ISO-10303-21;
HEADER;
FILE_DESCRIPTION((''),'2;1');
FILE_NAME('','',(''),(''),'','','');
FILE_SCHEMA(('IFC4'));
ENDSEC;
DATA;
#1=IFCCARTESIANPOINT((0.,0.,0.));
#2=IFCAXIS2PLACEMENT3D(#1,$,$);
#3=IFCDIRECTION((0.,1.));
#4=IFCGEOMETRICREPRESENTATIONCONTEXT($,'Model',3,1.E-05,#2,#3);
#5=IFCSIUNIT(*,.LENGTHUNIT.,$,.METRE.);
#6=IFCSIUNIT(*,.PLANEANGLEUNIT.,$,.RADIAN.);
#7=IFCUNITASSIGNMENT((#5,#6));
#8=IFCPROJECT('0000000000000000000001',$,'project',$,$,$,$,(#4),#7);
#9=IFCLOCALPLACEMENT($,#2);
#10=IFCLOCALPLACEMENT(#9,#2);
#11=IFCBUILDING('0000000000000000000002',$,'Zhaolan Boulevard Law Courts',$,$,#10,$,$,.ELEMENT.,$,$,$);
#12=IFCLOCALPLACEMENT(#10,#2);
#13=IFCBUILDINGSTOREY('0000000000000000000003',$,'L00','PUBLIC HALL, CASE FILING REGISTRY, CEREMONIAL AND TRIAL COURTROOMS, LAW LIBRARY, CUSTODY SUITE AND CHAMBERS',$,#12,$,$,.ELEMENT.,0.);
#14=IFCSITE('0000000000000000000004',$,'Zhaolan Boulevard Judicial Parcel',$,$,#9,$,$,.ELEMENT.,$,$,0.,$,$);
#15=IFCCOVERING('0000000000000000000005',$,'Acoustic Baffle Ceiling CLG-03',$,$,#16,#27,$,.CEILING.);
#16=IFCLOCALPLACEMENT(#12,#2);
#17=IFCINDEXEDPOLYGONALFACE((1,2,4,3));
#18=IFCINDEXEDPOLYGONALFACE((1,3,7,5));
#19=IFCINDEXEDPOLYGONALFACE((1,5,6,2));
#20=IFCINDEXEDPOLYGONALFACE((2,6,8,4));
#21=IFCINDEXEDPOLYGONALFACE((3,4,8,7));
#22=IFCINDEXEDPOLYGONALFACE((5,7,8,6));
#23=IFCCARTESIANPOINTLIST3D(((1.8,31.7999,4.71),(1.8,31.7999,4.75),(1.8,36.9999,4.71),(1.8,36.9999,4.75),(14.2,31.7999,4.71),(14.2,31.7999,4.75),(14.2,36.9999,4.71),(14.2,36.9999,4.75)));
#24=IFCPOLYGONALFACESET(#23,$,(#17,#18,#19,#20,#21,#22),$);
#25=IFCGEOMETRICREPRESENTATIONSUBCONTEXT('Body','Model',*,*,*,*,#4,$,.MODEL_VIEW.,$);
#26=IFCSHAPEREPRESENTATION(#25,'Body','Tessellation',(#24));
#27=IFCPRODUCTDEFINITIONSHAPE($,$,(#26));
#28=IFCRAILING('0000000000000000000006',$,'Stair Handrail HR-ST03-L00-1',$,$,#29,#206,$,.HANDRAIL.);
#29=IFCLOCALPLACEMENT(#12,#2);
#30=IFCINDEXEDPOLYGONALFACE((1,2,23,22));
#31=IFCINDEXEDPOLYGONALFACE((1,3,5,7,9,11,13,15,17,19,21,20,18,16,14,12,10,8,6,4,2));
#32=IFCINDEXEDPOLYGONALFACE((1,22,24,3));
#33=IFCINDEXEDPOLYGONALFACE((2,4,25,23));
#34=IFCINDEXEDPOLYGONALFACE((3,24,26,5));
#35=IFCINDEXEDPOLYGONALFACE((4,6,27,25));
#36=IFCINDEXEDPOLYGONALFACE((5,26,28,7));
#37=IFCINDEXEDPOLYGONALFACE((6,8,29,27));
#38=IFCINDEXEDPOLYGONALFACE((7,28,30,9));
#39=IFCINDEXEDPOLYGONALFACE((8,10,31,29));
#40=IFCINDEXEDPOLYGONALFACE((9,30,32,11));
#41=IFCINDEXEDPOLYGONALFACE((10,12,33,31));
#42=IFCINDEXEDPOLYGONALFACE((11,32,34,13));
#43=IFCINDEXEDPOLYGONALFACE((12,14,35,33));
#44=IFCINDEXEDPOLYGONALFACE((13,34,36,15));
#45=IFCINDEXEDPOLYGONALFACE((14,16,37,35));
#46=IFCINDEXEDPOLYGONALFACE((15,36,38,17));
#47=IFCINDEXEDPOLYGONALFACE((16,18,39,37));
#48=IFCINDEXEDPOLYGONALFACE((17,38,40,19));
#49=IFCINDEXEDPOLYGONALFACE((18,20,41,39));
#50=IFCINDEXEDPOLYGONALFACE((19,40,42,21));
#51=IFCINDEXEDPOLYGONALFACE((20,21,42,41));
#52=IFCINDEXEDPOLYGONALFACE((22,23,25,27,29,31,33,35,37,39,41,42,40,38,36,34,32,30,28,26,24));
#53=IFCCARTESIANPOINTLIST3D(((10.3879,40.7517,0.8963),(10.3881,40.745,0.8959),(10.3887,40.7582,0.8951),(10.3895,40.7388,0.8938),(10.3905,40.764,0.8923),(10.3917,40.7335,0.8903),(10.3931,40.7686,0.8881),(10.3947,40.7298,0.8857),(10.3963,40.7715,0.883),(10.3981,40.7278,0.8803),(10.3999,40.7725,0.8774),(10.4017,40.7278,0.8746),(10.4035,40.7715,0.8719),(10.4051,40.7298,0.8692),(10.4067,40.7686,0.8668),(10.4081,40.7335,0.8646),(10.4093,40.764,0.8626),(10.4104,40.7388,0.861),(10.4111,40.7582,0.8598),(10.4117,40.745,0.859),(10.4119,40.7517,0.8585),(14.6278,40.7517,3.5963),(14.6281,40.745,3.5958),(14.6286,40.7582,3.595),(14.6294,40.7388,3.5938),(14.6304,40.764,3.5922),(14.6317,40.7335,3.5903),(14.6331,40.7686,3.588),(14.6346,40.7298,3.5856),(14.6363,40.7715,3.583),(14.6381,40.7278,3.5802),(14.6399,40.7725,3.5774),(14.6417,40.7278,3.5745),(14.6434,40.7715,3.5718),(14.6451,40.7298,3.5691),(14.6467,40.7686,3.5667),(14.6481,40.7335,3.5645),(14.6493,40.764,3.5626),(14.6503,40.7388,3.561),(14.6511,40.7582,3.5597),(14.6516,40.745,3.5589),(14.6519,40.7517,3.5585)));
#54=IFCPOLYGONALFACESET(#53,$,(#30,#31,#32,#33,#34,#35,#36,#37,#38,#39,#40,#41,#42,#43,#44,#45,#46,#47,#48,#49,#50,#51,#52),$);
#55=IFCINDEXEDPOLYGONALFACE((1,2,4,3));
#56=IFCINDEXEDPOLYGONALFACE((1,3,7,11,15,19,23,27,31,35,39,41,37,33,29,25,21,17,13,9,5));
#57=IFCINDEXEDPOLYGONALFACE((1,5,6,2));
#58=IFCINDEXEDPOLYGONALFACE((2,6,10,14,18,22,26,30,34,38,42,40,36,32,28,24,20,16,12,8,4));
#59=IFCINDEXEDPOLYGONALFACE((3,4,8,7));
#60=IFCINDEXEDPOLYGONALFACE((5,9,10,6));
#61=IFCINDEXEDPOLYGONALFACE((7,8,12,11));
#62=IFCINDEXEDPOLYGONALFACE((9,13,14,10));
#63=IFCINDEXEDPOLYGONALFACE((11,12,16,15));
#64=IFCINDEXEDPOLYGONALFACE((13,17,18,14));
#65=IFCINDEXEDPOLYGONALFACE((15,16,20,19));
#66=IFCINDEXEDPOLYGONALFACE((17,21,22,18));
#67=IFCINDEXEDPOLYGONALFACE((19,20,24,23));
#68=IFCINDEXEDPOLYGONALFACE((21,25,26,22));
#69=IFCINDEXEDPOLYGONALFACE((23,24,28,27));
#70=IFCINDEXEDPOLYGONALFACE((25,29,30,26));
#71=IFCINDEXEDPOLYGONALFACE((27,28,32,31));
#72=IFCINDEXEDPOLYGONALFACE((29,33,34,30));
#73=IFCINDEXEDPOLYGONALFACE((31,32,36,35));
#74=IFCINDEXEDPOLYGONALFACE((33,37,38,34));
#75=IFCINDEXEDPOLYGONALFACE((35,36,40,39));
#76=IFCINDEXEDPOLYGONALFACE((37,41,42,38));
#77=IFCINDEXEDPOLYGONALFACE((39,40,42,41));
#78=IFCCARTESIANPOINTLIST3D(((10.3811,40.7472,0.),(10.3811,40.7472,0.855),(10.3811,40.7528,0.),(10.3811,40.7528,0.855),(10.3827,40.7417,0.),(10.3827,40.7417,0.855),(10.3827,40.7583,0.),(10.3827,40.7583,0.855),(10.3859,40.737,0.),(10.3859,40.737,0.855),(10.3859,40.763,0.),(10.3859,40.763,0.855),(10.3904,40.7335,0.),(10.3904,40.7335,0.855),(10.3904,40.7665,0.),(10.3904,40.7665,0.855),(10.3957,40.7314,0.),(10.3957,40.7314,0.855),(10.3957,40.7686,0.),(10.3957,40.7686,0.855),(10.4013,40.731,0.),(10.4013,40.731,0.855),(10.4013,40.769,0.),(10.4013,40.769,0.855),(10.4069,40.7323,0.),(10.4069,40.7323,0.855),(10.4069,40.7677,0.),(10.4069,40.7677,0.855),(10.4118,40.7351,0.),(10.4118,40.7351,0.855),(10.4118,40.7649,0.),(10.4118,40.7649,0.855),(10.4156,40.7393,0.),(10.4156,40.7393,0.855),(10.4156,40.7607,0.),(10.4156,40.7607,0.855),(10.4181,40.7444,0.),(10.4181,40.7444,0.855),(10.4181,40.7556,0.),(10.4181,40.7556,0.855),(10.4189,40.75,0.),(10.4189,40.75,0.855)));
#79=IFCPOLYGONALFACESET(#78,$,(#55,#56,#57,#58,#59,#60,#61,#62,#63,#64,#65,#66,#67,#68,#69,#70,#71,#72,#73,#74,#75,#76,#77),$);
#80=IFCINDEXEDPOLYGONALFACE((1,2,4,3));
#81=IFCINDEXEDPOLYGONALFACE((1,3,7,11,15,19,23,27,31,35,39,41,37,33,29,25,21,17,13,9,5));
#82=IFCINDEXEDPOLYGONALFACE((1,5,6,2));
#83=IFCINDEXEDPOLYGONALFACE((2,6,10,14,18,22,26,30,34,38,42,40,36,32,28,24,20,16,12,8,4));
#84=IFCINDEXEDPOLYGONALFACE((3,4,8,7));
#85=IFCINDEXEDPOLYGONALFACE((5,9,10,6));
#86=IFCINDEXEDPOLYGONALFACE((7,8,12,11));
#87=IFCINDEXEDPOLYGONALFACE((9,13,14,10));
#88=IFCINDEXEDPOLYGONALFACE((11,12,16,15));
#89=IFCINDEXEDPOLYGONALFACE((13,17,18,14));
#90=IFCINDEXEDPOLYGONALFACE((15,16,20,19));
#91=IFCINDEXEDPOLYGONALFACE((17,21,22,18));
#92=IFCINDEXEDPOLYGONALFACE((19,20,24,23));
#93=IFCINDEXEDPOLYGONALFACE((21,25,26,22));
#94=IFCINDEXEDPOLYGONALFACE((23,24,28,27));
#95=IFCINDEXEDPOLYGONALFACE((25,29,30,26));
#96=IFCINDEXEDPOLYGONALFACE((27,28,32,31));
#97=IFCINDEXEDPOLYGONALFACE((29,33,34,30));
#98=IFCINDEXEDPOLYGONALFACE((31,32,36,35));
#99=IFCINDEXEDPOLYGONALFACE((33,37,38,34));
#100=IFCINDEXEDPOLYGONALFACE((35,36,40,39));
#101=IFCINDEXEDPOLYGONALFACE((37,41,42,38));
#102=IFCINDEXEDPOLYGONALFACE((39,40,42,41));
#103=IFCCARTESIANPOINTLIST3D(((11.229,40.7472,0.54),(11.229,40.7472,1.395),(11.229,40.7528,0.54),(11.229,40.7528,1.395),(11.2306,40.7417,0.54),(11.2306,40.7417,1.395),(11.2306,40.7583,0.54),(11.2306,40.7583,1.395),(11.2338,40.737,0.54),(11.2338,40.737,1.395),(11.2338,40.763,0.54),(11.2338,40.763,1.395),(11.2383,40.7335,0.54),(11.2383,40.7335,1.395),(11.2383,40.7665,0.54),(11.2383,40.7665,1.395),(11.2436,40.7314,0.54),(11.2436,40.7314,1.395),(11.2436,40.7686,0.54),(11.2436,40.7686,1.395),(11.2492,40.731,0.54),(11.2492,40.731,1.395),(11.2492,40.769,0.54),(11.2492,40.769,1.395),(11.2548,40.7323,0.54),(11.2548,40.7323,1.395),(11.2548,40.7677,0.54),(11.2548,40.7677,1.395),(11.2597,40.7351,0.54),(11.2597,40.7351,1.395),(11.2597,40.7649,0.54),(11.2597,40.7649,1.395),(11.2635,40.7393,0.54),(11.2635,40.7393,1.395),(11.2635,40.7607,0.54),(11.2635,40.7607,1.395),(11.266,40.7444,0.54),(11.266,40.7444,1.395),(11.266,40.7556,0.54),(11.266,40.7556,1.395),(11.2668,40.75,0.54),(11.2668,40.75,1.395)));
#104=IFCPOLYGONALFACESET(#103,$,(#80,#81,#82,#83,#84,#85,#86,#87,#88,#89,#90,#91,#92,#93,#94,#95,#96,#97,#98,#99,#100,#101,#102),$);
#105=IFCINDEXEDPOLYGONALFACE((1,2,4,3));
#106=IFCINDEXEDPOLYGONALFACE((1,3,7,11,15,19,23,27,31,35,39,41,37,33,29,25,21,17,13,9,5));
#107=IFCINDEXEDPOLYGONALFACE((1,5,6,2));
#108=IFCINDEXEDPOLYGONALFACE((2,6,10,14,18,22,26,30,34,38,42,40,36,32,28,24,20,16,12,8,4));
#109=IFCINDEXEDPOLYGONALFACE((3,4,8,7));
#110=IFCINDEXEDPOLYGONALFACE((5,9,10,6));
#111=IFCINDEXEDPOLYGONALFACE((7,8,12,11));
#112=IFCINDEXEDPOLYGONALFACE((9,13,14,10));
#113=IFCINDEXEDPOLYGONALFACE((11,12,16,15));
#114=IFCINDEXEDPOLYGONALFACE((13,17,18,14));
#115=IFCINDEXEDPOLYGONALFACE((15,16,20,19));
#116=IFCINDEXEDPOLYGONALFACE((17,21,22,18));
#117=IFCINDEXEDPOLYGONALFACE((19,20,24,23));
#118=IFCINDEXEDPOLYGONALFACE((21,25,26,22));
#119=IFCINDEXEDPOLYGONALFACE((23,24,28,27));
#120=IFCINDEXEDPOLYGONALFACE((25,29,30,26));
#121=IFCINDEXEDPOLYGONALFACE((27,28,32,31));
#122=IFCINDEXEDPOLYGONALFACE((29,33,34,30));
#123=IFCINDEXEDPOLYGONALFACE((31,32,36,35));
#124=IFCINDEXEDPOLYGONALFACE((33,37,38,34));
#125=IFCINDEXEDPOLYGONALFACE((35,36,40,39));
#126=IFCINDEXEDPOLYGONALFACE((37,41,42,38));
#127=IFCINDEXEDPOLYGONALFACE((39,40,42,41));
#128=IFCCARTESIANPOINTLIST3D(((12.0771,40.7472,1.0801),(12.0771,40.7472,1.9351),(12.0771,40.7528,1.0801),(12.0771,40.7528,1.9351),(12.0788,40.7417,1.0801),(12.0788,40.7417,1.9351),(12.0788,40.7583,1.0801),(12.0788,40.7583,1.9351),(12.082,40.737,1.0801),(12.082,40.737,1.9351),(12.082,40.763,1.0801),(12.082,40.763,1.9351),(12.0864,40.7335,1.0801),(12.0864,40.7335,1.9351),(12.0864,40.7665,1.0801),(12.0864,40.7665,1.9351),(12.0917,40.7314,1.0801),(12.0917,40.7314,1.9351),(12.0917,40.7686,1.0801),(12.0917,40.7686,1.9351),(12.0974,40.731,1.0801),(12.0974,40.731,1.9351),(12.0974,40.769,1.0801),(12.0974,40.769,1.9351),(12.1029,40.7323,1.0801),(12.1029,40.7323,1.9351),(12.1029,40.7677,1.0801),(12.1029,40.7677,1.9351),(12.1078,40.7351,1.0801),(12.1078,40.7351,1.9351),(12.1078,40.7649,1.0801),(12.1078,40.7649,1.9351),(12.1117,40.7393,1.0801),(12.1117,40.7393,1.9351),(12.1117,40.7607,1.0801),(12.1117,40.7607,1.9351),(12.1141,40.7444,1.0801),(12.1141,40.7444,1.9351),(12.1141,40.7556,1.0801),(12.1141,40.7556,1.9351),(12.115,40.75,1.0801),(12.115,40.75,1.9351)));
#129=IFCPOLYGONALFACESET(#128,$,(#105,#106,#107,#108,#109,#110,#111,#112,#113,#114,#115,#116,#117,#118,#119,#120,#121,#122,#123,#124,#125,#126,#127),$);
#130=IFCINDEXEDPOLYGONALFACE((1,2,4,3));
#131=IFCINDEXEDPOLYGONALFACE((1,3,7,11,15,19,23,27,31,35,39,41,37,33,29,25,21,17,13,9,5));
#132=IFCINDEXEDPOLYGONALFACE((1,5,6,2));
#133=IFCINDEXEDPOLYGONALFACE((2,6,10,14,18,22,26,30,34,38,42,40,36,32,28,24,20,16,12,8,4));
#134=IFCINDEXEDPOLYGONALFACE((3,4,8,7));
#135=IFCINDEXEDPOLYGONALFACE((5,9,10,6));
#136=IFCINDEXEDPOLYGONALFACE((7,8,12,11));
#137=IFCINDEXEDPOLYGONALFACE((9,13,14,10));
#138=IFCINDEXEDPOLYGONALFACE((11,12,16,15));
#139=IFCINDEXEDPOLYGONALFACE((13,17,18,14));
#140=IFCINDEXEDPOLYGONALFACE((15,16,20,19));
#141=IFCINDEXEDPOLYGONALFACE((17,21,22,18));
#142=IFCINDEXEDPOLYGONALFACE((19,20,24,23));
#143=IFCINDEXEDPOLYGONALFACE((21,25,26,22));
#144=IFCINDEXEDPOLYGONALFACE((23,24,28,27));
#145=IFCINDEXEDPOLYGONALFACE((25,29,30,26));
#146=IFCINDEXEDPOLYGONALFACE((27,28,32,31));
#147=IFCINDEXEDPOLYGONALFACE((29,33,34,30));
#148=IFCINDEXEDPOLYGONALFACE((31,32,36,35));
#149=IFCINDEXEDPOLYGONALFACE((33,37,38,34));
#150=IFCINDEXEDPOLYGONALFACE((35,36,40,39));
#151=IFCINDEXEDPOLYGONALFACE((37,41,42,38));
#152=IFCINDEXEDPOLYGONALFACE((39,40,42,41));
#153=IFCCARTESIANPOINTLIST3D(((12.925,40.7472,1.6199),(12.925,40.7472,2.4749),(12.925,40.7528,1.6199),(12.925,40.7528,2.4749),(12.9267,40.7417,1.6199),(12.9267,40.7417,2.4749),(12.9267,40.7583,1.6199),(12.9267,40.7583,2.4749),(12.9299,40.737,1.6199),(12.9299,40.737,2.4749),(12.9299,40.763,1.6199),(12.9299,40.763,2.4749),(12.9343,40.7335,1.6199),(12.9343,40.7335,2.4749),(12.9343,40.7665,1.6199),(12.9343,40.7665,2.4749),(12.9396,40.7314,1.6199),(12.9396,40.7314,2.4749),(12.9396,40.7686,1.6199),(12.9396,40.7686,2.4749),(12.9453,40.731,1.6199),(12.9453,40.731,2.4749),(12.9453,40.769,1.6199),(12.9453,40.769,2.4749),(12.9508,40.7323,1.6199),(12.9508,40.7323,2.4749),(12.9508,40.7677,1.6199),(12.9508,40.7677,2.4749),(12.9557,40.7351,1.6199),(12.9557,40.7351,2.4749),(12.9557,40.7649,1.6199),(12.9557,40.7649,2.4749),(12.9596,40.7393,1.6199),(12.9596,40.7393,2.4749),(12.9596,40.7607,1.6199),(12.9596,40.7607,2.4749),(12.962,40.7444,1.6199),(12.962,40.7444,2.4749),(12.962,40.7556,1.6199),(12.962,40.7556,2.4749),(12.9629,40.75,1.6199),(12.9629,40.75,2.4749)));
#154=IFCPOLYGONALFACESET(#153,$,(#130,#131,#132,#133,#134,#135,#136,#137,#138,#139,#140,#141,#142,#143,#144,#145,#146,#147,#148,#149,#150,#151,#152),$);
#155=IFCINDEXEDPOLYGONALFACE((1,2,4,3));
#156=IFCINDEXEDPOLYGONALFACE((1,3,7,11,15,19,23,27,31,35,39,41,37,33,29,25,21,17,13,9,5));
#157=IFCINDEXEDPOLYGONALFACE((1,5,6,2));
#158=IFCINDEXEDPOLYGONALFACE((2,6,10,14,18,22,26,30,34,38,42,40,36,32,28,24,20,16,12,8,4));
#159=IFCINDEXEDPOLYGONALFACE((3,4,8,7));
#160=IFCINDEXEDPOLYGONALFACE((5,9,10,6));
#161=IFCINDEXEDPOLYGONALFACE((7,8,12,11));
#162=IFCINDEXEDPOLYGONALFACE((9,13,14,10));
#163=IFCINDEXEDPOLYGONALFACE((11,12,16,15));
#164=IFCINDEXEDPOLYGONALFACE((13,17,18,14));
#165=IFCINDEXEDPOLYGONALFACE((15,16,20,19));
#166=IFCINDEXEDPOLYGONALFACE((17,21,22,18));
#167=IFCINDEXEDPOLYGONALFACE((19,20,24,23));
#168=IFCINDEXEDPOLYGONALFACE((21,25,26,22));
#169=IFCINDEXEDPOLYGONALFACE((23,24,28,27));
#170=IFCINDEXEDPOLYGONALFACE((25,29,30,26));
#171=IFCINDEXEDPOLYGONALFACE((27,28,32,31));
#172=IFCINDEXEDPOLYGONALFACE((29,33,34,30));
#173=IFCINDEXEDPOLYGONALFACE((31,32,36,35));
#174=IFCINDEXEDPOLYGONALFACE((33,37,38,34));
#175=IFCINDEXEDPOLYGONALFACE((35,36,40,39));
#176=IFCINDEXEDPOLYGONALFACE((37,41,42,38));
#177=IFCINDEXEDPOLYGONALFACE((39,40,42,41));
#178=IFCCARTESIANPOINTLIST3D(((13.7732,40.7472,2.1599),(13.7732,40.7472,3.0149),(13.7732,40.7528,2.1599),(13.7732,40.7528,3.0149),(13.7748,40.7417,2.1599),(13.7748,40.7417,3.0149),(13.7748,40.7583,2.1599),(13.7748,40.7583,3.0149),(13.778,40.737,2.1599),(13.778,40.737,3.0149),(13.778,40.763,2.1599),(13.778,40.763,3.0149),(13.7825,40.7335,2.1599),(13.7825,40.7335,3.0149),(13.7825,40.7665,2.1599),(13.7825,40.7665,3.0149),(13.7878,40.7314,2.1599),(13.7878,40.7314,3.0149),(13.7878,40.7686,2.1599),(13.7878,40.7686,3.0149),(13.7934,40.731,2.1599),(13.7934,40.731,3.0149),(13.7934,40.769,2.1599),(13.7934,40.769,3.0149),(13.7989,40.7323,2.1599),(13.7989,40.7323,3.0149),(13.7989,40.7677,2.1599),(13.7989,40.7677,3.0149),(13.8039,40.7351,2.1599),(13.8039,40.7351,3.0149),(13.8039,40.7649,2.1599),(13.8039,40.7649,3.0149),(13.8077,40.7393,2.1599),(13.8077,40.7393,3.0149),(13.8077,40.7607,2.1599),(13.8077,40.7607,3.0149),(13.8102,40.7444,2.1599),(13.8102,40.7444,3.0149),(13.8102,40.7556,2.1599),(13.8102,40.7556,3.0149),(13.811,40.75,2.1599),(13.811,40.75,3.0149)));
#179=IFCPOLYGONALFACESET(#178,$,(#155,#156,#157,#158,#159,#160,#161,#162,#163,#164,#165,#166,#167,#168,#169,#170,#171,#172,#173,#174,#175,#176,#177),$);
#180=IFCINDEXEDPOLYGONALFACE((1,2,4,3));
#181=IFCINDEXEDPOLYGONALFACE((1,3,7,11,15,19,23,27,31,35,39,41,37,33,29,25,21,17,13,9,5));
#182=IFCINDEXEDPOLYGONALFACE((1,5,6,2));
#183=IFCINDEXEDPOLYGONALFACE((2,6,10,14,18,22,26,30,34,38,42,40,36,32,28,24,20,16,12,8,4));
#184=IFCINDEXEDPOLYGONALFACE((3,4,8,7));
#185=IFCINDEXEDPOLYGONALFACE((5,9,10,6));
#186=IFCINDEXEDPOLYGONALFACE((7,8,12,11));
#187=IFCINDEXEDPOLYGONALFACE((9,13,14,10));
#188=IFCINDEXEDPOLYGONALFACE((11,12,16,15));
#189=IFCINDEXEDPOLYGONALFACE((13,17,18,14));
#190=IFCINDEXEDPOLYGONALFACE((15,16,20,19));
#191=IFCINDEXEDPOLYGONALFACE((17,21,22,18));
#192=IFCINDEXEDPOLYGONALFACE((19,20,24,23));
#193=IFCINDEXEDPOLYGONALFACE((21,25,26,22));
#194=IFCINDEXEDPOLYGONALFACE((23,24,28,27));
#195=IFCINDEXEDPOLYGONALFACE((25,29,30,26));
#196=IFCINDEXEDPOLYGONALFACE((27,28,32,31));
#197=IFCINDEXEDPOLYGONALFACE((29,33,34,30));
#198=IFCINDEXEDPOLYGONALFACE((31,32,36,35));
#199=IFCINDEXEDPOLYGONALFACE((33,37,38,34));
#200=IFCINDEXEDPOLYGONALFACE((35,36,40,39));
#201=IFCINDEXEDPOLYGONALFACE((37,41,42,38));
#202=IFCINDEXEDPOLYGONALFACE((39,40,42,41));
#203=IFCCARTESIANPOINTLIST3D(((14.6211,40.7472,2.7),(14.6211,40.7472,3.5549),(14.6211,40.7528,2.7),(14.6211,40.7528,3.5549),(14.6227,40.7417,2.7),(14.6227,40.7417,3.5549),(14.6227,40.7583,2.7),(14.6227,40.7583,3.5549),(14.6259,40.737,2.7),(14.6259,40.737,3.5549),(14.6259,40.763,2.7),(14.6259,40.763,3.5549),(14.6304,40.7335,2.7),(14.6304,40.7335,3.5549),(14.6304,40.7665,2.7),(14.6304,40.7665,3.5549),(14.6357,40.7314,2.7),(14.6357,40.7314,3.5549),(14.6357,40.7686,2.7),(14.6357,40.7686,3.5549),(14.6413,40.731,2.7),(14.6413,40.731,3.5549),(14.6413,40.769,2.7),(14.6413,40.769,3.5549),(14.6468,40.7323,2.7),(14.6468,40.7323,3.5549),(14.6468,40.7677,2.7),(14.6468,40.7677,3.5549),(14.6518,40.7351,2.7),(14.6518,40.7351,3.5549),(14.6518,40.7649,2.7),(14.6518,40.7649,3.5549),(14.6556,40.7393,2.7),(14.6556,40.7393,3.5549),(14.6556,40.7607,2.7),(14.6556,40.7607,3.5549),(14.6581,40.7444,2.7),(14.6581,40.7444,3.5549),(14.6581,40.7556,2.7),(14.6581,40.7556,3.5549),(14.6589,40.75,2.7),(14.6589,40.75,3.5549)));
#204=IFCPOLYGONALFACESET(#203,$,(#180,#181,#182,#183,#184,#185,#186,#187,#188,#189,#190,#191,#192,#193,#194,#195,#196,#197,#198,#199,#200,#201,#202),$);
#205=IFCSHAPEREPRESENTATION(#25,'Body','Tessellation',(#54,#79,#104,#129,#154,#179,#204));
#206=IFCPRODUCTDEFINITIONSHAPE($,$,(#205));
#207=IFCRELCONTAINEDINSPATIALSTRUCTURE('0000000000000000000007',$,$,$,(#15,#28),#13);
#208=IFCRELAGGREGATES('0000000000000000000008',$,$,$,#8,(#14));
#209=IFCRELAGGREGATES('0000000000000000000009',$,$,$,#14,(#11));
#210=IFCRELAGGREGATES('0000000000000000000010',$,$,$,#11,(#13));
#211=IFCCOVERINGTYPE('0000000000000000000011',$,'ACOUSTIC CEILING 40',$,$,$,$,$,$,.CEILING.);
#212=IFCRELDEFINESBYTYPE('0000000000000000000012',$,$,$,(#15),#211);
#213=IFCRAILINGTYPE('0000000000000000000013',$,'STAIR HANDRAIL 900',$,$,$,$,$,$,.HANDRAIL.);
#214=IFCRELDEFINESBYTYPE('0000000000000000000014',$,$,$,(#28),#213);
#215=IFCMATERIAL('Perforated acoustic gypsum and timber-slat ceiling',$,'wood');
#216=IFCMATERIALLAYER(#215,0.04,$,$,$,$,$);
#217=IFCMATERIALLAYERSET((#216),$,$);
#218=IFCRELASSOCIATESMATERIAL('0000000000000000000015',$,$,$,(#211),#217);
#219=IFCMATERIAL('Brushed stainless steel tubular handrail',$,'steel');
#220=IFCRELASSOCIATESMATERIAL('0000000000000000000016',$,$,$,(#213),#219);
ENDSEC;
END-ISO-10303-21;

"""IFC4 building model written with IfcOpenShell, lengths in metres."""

from ifc_helpers import new_model, si_unit, direction, frame, origin, origin_2d, place, context, subcontext, project, spatial, rectangle, circle, extrude, material, layer, layer_set, type_object, element, save


model = new_model("IFC4")

# Units and contexts
model_context = context("Model", 3, precision=1e-05, world=origin(), true_north=direction((0.0, 1.0)))
body_context = subcontext(model_context, "Body", "Model", "MODEL_VIEW")
ifc_project = project(units=[si_unit("LENGTHUNIT", "METRE"), si_unit("PLANEANGLEUNIT", "RADIAN")], contexts=[model_context])

# Site, building, storey
site_placement = place(None, origin())
site = spatial("IfcSite", under=ifc_project, at=site_placement, Name="Zhaolan Boulevard Judicial Parcel", CompositionType="ELEMENT", RefElevation=0.0)
building_placement = place(site_placement, origin())
building = spatial("IfcBuilding", under=site, at=building_placement, Name="Zhaolan Boulevard Law Courts", CompositionType="ELEMENT")
storey_placement = place(building_placement, origin())
storey = spatial("IfcBuildingStorey", under=building, at=storey_placement, Name="L00", Description="PUBLIC HALL, CASE FILING REGISTRY, CEREMONIAL AND TRIAL COURTROOMS, LAW LIBRARY, CUSTODY SUITE AND CHAMBERS", CompositionType="ELEMENT", Elevation=0.0)

# Covering
ifc_material_1 = material(Name="Perforated acoustic gypsum and timber-slat ceiling", Category="wood")
ifc_layer_1 = layer(ifc_material_1, 0.04)
ifc_layer_set_1 = layer_set([ifc_layer_1])
covering_type = type_object("IfcCoveringType", Name="ACOUSTIC CEILING 40", PredefinedType="CEILING", material=ifc_layer_set_1)
covering_placement = place(storey_placement, frame((8.0, 34.3999, 4.71), z_axis=(0.0, 0.0, 1.0), x_axis=(1.0, 0.0, 0.0)))
element("IfcCovering", 1, at=covering_placement, inside=storey, type_object=covering_type, Name="Acoustic Baffle Ceiling CLG-03", PredefinedType="CEILING", context=body_context, shape_type="SweptSolid", body=[
    extrude(rectangle(XDim=12.3999, YDim=5.2, at=origin_2d()), origin(), (0.0, 0.0, 1.0), 0.04),
])

# Railing
ifc_material_2 = material(Name="Brushed stainless steel tubular handrail", Category="steel")
railing_type = type_object("IfcRailingType", Name="STAIR HANDRAIL 900", PredefinedType="HANDRAIL", material=ifc_material_2)
railing_placement = place(storey_placement, frame((10.3999, 40.75, 0.0)))
element("IfcRailing", 2, at=railing_placement, inside=storey, type_object=railing_type, Name="Stair Handrail HR-ST03-L00-1", PredefinedType="HANDRAIL", context=body_context, shape_type="SweptSolid", body=[
    extrude(circle(Radius=0.0225, at=origin_2d()), frame((0.0, 0.0, 0.8774), z_axis=(0.843501, 0.0, 0.537127), x_axis=(0.0, 1.0, 0.0)), (0.0, 0.0, 1.0), 5.0266),
    extrude(circle(Radius=0.019, at=origin_2d()), origin(), (0.0, 0.0, 1.0), 0.855),
    extrude(circle(Radius=0.019, at=origin_2d()), frame((0.8479, 0.0, 0.54)), (0.0, 0.0, 1.0), 0.855),
    extrude(circle(Radius=0.019, at=origin_2d()), frame((1.696, 0.0, 1.0801)), (0.0, 0.0, 1.0), 0.855),
    extrude(circle(Radius=0.019, at=origin_2d()), frame((2.5439, 0.0, 1.6199)), (0.0, 0.0, 1.0), 0.855),
    extrude(circle(Radius=0.019, at=origin_2d()), frame((3.3921, 0.0, 2.1599)), (0.0, 0.0, 1.0), 0.855),
    extrude(circle(Radius=0.019, at=origin_2d()), frame((4.24, 0.0, 2.7)), (0.0, 0.0, 1.0), 0.855),
])

save(model, "model.ifc")
